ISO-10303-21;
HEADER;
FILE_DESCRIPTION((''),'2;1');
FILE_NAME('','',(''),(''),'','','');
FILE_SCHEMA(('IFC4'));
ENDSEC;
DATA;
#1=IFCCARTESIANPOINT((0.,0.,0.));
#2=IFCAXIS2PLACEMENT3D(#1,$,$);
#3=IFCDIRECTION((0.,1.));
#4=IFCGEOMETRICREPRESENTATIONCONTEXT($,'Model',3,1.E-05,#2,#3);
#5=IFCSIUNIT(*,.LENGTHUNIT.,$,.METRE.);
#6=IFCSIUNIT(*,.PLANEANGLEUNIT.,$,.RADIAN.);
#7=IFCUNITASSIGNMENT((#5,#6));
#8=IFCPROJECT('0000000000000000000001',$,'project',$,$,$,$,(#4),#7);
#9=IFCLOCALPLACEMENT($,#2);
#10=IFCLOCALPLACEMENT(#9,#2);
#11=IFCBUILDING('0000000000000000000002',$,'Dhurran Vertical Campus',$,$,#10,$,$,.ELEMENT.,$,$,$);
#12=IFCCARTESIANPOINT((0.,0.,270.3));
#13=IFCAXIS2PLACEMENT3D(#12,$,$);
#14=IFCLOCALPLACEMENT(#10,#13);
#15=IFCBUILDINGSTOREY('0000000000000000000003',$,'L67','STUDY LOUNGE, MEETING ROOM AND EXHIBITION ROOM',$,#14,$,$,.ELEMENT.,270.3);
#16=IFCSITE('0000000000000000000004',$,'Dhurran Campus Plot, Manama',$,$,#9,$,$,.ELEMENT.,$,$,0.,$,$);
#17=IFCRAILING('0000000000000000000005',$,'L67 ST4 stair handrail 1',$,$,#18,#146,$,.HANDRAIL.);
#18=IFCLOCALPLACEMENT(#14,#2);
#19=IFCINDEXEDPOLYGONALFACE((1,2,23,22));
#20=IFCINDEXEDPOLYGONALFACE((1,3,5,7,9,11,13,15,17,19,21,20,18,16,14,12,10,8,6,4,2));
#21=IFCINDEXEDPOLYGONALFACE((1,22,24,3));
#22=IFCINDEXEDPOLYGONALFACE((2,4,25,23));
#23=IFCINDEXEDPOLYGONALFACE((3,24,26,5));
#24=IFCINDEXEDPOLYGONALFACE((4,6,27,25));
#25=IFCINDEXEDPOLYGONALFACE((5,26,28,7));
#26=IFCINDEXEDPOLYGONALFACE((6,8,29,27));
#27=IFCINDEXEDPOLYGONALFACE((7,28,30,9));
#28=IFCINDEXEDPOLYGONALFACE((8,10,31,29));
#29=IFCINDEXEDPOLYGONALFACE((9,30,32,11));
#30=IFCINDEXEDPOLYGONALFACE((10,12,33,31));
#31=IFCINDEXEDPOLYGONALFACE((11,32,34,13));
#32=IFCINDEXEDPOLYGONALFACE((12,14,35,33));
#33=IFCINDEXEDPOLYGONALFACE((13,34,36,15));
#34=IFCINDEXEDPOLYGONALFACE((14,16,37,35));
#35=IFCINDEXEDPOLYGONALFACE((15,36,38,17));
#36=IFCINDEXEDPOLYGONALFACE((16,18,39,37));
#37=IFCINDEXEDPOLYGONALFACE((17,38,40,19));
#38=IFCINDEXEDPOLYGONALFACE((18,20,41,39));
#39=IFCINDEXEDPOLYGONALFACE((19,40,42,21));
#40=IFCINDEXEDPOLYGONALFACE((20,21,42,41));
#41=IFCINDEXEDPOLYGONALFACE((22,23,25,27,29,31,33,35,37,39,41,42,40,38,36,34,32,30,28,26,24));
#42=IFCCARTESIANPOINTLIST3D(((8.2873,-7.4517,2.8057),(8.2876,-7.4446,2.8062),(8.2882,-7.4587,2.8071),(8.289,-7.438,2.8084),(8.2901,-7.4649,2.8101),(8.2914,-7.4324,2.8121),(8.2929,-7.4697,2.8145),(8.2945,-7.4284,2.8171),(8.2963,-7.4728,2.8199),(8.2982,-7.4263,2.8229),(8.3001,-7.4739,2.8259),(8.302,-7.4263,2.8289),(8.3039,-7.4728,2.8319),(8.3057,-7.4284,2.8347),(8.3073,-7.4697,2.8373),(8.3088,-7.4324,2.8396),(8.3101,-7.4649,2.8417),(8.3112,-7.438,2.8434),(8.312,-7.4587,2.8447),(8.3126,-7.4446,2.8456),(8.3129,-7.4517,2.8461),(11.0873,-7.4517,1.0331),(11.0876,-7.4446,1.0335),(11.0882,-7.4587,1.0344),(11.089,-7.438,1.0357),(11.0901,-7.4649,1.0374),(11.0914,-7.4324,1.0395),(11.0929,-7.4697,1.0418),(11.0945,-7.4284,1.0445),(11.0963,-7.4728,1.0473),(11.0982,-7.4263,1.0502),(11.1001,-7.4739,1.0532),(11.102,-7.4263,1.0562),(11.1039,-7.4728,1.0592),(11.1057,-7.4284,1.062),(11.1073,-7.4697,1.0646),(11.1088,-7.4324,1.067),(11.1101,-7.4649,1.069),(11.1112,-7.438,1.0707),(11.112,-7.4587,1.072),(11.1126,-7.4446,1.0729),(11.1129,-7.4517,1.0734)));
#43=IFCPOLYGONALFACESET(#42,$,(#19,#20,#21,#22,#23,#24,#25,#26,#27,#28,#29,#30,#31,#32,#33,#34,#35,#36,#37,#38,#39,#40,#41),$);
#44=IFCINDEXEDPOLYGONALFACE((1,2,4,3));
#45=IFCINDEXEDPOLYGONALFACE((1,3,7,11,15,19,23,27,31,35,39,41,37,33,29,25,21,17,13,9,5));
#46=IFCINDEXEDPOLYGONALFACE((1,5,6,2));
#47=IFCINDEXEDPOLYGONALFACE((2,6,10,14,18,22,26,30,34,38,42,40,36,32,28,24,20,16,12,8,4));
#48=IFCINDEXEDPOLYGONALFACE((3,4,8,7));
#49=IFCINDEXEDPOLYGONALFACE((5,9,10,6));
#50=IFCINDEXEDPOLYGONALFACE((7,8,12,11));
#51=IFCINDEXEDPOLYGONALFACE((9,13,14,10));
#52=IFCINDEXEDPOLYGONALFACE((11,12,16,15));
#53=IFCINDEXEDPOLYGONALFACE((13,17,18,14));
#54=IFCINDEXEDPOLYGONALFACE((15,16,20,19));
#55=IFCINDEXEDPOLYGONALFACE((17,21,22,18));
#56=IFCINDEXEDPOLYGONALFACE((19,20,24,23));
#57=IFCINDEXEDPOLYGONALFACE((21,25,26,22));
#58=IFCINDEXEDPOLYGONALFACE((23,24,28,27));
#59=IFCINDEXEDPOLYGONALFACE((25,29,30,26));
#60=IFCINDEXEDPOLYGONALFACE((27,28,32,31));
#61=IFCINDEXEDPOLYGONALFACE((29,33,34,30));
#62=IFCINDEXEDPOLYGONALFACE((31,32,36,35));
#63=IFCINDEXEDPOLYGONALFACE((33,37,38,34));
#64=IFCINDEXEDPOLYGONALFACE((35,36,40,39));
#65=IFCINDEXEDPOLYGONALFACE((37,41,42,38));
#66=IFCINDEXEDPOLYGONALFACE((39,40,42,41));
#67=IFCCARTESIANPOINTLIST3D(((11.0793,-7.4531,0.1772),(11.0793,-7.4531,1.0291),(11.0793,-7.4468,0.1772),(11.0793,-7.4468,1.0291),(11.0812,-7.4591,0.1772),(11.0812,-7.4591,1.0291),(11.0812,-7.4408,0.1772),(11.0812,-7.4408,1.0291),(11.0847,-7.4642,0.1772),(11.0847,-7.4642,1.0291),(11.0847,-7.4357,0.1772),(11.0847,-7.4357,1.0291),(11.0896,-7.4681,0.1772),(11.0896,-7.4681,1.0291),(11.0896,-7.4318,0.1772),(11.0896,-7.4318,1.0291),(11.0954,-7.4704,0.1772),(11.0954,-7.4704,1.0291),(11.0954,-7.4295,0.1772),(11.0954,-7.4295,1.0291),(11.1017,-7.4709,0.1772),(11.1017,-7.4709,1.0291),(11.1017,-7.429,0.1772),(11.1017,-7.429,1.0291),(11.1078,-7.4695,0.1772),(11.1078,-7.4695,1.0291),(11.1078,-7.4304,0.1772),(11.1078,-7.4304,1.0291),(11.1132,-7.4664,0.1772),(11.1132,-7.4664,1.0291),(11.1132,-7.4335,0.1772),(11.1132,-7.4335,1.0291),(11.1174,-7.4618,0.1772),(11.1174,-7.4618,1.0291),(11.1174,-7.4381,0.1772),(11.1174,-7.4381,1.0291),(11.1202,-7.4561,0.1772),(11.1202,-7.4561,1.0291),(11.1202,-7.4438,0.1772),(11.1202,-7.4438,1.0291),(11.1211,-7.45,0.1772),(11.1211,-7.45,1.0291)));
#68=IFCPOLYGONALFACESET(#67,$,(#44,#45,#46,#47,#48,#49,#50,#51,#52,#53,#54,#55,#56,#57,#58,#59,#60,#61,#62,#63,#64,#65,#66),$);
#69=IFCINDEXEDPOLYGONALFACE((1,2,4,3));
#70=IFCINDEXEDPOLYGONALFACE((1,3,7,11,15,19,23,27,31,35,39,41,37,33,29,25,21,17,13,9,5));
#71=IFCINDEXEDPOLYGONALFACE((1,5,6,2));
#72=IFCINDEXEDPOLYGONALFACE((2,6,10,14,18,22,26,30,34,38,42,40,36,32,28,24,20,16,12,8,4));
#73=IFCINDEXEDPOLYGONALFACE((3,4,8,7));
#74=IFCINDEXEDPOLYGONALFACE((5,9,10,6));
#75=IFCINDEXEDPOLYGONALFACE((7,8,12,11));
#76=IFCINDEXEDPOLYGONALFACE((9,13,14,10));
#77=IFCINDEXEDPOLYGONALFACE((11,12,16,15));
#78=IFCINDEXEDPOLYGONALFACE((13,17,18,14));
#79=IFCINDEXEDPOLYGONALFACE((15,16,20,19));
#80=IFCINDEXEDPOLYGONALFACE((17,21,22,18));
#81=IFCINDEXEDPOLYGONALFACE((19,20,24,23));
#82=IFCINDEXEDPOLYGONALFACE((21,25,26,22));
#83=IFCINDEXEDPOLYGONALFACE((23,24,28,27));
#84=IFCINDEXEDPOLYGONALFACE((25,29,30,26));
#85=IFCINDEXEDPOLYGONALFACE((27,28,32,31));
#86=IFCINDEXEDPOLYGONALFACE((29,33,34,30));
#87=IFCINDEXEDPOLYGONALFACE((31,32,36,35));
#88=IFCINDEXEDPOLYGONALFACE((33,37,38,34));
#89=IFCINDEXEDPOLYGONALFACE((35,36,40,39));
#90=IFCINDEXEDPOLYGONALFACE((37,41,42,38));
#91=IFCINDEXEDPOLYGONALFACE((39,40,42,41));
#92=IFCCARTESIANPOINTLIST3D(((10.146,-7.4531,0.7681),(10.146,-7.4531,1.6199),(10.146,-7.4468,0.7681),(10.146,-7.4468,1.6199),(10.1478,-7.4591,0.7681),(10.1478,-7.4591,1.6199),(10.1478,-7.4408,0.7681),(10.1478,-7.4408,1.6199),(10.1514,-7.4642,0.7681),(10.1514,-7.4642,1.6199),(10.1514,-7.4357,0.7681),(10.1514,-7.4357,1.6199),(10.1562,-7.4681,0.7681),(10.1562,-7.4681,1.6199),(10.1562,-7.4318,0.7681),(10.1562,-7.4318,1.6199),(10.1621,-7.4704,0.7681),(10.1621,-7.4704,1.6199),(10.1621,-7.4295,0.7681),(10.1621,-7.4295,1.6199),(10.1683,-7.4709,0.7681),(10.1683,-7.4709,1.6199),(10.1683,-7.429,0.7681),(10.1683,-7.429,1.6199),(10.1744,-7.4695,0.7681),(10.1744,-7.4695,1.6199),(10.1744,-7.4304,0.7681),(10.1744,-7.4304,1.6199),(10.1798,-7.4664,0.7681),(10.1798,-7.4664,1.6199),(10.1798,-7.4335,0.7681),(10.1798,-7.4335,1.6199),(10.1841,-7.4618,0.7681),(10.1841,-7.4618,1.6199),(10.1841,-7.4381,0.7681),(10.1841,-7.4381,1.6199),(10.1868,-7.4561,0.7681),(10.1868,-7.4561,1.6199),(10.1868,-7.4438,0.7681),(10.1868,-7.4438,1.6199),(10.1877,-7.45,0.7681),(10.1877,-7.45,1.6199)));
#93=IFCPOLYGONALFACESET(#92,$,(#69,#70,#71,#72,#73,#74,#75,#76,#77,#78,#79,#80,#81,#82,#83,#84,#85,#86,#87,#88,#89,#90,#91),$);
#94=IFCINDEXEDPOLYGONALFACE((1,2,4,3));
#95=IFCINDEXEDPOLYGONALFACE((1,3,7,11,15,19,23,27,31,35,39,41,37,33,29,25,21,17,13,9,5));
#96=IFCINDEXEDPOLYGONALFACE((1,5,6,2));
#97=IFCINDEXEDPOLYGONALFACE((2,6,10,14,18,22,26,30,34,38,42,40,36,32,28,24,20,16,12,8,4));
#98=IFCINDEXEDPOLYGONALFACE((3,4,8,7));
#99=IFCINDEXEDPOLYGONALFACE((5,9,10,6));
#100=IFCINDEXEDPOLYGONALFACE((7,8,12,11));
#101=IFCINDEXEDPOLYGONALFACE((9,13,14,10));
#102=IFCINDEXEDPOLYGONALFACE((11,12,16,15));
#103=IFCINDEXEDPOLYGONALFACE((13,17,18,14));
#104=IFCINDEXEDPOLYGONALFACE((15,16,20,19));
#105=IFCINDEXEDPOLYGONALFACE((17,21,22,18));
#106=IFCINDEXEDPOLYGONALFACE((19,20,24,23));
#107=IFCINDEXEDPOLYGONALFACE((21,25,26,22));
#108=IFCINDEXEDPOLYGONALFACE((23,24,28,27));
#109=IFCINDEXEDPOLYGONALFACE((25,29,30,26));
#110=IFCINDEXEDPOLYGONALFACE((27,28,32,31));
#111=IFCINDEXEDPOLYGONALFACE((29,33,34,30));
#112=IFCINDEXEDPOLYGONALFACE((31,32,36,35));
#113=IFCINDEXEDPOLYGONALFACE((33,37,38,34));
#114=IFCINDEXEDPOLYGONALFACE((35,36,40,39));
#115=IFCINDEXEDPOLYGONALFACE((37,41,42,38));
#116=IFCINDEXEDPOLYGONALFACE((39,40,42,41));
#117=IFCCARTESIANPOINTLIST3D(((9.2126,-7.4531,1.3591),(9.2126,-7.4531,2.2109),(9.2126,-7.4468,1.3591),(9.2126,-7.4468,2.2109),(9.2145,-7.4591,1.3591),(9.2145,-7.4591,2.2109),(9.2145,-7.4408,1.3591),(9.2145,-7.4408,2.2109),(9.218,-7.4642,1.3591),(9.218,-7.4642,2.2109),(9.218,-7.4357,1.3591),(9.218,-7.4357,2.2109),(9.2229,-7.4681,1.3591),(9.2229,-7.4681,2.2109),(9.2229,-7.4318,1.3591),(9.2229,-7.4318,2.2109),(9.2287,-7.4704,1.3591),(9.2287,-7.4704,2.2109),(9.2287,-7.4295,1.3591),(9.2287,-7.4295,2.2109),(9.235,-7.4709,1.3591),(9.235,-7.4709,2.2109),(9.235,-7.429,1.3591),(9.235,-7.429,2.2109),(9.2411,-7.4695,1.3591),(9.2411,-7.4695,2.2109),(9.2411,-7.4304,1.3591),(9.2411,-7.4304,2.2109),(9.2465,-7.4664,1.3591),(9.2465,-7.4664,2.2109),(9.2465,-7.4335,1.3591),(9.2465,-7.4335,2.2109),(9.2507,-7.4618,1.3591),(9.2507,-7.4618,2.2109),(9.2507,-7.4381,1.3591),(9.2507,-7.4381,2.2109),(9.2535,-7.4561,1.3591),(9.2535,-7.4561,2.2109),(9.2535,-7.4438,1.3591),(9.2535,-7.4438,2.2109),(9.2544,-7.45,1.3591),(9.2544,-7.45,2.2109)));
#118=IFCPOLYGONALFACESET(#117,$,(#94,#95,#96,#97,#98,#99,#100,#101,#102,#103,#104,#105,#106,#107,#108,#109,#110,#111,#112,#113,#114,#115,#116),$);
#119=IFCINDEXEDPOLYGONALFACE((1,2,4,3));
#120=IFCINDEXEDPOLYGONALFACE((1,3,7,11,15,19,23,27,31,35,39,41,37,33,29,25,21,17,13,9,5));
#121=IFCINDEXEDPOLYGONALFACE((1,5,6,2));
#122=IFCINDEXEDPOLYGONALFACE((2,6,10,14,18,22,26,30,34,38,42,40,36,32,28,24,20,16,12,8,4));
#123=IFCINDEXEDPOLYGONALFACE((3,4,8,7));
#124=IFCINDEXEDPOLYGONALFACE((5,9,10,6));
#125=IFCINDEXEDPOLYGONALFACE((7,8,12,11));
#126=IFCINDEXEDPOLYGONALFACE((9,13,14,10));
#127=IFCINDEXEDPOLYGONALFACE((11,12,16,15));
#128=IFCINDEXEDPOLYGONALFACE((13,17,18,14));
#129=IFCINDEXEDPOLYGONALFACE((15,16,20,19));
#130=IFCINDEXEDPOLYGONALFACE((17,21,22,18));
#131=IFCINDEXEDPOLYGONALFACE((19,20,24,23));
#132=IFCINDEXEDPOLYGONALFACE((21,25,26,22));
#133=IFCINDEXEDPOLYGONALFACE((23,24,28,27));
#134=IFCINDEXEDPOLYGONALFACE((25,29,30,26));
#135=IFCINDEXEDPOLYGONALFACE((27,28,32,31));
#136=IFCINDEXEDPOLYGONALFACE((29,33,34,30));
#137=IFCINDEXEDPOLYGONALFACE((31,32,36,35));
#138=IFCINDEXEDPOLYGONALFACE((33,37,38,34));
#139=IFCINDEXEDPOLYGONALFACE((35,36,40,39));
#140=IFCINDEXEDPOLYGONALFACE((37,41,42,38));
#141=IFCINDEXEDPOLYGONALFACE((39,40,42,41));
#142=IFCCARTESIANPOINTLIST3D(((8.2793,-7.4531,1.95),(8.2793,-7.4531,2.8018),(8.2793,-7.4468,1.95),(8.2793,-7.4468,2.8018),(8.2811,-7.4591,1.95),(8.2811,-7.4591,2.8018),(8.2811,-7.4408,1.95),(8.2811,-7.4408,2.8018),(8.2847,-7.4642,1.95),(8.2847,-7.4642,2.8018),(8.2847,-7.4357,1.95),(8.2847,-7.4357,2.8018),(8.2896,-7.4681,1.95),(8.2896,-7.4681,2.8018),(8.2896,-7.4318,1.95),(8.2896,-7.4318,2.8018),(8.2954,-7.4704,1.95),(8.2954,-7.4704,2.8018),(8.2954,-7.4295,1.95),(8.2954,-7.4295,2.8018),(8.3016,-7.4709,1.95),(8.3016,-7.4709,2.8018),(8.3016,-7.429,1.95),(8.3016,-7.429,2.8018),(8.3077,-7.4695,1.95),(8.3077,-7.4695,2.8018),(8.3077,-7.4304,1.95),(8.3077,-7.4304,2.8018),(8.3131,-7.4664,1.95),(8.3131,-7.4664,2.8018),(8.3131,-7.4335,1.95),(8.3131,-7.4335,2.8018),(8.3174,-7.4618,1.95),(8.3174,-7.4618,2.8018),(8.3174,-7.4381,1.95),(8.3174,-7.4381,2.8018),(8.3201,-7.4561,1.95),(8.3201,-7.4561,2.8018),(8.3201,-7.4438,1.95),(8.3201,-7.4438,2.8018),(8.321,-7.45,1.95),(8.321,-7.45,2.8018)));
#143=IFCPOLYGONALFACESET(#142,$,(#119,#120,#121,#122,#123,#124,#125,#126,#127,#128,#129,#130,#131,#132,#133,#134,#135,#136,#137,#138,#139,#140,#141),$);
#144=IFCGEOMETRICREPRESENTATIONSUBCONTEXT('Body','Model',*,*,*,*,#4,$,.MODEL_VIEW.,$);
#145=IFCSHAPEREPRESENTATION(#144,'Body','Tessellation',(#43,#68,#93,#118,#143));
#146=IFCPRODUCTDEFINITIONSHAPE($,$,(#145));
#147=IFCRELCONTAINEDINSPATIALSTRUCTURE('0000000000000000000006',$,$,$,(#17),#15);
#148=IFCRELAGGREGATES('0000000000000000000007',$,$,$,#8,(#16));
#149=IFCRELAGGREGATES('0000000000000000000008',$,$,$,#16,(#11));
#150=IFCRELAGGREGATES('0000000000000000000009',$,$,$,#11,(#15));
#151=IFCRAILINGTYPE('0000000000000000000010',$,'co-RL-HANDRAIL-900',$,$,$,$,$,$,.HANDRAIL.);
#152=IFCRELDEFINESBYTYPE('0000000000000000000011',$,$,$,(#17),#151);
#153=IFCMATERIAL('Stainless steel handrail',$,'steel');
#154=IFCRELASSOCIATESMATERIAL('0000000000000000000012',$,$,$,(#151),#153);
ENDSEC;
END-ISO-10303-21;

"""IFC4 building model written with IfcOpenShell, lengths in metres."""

from ifc_helpers import new_model, si_unit, direction, frame, origin, origin_2d, place, context, subcontext, project, spatial, circle, extrude, material, type_object, element, save


model = new_model("IFC4")

# Units and contexts
model_context = context("Model", 3, precision=1e-05, world=origin(), true_north=direction((0.0, 1.0)))
body_context = subcontext(model_context, "Body", "Model", "MODEL_VIEW")
ifc_project = project(units=[si_unit("LENGTHUNIT", "METRE"), si_unit("PLANEANGLEUNIT", "RADIAN")], contexts=[model_context])

# Site, building, storey
site_placement = place(None, origin())
site = spatial("IfcSite", under=ifc_project, at=site_placement, Name="Dhurran Campus Plot, Manama", CompositionType="ELEMENT", RefElevation=0.0)
building_placement = place(site_placement, origin())
building = spatial("IfcBuilding", under=site, at=building_placement, Name="Dhurran Vertical Campus", CompositionType="ELEMENT")
storey_placement = place(building_placement, frame((0.0, 0.0, 270.3)))
storey = spatial("IfcBuildingStorey", under=building, at=storey_placement, Name="L67", Description="STUDY LOUNGE, MEETING ROOM AND EXHIBITION ROOM", CompositionType="ELEMENT", Elevation=270.3)

# Railing
ifc_material_1 = material(Name="Stainless steel handrail", Category="steel")
railing_type_1 = type_object("IfcRailingType", Name="co-RL-HANDRAIL-900", PredefinedType="HANDRAIL", material=ifc_material_1)
railing_1_placement = place(storey_placement, frame((11.1001, -7.45, 0.1772)))
element("IfcRailing", 1, at=railing_1_placement, inside=storey, type_object=railing_type_1, Name="L67 ST4 stair handrail 1", PredefinedType="HANDRAIL", context=body_context, shape_type="SweptSolid", body=[
    extrude(circle(Radius=0.0239, at=origin_2d()), frame((0.0, 0.0, 0.876), z_axis=(-0.844909, 0.0, 0.53491), x_axis=(0.0, -1.0, 0.0)), (0.0, 0.0, 1.0), 3.314),
    extrude(circle(Radius=0.021, at=origin_2d()), origin(), (0.0, 0.0, 1.0), 0.8518),
    extrude(circle(Radius=0.021, at=origin_2d()), frame((-0.9333, 0.0, 0.5908)), (0.0, 0.0, 1.0), 0.8518),
    extrude(circle(Radius=0.021, at=origin_2d()), frame((-1.8667, 0.0, 1.1819)), (0.0, 0.0, 1.0), 0.8518),
    extrude(circle(Radius=0.021, at=origin_2d()), frame((-2.8, 0.0, 1.7727)), (0.0, 0.0, 1.0), 0.8518),
])

save(model, "model.ifc")
